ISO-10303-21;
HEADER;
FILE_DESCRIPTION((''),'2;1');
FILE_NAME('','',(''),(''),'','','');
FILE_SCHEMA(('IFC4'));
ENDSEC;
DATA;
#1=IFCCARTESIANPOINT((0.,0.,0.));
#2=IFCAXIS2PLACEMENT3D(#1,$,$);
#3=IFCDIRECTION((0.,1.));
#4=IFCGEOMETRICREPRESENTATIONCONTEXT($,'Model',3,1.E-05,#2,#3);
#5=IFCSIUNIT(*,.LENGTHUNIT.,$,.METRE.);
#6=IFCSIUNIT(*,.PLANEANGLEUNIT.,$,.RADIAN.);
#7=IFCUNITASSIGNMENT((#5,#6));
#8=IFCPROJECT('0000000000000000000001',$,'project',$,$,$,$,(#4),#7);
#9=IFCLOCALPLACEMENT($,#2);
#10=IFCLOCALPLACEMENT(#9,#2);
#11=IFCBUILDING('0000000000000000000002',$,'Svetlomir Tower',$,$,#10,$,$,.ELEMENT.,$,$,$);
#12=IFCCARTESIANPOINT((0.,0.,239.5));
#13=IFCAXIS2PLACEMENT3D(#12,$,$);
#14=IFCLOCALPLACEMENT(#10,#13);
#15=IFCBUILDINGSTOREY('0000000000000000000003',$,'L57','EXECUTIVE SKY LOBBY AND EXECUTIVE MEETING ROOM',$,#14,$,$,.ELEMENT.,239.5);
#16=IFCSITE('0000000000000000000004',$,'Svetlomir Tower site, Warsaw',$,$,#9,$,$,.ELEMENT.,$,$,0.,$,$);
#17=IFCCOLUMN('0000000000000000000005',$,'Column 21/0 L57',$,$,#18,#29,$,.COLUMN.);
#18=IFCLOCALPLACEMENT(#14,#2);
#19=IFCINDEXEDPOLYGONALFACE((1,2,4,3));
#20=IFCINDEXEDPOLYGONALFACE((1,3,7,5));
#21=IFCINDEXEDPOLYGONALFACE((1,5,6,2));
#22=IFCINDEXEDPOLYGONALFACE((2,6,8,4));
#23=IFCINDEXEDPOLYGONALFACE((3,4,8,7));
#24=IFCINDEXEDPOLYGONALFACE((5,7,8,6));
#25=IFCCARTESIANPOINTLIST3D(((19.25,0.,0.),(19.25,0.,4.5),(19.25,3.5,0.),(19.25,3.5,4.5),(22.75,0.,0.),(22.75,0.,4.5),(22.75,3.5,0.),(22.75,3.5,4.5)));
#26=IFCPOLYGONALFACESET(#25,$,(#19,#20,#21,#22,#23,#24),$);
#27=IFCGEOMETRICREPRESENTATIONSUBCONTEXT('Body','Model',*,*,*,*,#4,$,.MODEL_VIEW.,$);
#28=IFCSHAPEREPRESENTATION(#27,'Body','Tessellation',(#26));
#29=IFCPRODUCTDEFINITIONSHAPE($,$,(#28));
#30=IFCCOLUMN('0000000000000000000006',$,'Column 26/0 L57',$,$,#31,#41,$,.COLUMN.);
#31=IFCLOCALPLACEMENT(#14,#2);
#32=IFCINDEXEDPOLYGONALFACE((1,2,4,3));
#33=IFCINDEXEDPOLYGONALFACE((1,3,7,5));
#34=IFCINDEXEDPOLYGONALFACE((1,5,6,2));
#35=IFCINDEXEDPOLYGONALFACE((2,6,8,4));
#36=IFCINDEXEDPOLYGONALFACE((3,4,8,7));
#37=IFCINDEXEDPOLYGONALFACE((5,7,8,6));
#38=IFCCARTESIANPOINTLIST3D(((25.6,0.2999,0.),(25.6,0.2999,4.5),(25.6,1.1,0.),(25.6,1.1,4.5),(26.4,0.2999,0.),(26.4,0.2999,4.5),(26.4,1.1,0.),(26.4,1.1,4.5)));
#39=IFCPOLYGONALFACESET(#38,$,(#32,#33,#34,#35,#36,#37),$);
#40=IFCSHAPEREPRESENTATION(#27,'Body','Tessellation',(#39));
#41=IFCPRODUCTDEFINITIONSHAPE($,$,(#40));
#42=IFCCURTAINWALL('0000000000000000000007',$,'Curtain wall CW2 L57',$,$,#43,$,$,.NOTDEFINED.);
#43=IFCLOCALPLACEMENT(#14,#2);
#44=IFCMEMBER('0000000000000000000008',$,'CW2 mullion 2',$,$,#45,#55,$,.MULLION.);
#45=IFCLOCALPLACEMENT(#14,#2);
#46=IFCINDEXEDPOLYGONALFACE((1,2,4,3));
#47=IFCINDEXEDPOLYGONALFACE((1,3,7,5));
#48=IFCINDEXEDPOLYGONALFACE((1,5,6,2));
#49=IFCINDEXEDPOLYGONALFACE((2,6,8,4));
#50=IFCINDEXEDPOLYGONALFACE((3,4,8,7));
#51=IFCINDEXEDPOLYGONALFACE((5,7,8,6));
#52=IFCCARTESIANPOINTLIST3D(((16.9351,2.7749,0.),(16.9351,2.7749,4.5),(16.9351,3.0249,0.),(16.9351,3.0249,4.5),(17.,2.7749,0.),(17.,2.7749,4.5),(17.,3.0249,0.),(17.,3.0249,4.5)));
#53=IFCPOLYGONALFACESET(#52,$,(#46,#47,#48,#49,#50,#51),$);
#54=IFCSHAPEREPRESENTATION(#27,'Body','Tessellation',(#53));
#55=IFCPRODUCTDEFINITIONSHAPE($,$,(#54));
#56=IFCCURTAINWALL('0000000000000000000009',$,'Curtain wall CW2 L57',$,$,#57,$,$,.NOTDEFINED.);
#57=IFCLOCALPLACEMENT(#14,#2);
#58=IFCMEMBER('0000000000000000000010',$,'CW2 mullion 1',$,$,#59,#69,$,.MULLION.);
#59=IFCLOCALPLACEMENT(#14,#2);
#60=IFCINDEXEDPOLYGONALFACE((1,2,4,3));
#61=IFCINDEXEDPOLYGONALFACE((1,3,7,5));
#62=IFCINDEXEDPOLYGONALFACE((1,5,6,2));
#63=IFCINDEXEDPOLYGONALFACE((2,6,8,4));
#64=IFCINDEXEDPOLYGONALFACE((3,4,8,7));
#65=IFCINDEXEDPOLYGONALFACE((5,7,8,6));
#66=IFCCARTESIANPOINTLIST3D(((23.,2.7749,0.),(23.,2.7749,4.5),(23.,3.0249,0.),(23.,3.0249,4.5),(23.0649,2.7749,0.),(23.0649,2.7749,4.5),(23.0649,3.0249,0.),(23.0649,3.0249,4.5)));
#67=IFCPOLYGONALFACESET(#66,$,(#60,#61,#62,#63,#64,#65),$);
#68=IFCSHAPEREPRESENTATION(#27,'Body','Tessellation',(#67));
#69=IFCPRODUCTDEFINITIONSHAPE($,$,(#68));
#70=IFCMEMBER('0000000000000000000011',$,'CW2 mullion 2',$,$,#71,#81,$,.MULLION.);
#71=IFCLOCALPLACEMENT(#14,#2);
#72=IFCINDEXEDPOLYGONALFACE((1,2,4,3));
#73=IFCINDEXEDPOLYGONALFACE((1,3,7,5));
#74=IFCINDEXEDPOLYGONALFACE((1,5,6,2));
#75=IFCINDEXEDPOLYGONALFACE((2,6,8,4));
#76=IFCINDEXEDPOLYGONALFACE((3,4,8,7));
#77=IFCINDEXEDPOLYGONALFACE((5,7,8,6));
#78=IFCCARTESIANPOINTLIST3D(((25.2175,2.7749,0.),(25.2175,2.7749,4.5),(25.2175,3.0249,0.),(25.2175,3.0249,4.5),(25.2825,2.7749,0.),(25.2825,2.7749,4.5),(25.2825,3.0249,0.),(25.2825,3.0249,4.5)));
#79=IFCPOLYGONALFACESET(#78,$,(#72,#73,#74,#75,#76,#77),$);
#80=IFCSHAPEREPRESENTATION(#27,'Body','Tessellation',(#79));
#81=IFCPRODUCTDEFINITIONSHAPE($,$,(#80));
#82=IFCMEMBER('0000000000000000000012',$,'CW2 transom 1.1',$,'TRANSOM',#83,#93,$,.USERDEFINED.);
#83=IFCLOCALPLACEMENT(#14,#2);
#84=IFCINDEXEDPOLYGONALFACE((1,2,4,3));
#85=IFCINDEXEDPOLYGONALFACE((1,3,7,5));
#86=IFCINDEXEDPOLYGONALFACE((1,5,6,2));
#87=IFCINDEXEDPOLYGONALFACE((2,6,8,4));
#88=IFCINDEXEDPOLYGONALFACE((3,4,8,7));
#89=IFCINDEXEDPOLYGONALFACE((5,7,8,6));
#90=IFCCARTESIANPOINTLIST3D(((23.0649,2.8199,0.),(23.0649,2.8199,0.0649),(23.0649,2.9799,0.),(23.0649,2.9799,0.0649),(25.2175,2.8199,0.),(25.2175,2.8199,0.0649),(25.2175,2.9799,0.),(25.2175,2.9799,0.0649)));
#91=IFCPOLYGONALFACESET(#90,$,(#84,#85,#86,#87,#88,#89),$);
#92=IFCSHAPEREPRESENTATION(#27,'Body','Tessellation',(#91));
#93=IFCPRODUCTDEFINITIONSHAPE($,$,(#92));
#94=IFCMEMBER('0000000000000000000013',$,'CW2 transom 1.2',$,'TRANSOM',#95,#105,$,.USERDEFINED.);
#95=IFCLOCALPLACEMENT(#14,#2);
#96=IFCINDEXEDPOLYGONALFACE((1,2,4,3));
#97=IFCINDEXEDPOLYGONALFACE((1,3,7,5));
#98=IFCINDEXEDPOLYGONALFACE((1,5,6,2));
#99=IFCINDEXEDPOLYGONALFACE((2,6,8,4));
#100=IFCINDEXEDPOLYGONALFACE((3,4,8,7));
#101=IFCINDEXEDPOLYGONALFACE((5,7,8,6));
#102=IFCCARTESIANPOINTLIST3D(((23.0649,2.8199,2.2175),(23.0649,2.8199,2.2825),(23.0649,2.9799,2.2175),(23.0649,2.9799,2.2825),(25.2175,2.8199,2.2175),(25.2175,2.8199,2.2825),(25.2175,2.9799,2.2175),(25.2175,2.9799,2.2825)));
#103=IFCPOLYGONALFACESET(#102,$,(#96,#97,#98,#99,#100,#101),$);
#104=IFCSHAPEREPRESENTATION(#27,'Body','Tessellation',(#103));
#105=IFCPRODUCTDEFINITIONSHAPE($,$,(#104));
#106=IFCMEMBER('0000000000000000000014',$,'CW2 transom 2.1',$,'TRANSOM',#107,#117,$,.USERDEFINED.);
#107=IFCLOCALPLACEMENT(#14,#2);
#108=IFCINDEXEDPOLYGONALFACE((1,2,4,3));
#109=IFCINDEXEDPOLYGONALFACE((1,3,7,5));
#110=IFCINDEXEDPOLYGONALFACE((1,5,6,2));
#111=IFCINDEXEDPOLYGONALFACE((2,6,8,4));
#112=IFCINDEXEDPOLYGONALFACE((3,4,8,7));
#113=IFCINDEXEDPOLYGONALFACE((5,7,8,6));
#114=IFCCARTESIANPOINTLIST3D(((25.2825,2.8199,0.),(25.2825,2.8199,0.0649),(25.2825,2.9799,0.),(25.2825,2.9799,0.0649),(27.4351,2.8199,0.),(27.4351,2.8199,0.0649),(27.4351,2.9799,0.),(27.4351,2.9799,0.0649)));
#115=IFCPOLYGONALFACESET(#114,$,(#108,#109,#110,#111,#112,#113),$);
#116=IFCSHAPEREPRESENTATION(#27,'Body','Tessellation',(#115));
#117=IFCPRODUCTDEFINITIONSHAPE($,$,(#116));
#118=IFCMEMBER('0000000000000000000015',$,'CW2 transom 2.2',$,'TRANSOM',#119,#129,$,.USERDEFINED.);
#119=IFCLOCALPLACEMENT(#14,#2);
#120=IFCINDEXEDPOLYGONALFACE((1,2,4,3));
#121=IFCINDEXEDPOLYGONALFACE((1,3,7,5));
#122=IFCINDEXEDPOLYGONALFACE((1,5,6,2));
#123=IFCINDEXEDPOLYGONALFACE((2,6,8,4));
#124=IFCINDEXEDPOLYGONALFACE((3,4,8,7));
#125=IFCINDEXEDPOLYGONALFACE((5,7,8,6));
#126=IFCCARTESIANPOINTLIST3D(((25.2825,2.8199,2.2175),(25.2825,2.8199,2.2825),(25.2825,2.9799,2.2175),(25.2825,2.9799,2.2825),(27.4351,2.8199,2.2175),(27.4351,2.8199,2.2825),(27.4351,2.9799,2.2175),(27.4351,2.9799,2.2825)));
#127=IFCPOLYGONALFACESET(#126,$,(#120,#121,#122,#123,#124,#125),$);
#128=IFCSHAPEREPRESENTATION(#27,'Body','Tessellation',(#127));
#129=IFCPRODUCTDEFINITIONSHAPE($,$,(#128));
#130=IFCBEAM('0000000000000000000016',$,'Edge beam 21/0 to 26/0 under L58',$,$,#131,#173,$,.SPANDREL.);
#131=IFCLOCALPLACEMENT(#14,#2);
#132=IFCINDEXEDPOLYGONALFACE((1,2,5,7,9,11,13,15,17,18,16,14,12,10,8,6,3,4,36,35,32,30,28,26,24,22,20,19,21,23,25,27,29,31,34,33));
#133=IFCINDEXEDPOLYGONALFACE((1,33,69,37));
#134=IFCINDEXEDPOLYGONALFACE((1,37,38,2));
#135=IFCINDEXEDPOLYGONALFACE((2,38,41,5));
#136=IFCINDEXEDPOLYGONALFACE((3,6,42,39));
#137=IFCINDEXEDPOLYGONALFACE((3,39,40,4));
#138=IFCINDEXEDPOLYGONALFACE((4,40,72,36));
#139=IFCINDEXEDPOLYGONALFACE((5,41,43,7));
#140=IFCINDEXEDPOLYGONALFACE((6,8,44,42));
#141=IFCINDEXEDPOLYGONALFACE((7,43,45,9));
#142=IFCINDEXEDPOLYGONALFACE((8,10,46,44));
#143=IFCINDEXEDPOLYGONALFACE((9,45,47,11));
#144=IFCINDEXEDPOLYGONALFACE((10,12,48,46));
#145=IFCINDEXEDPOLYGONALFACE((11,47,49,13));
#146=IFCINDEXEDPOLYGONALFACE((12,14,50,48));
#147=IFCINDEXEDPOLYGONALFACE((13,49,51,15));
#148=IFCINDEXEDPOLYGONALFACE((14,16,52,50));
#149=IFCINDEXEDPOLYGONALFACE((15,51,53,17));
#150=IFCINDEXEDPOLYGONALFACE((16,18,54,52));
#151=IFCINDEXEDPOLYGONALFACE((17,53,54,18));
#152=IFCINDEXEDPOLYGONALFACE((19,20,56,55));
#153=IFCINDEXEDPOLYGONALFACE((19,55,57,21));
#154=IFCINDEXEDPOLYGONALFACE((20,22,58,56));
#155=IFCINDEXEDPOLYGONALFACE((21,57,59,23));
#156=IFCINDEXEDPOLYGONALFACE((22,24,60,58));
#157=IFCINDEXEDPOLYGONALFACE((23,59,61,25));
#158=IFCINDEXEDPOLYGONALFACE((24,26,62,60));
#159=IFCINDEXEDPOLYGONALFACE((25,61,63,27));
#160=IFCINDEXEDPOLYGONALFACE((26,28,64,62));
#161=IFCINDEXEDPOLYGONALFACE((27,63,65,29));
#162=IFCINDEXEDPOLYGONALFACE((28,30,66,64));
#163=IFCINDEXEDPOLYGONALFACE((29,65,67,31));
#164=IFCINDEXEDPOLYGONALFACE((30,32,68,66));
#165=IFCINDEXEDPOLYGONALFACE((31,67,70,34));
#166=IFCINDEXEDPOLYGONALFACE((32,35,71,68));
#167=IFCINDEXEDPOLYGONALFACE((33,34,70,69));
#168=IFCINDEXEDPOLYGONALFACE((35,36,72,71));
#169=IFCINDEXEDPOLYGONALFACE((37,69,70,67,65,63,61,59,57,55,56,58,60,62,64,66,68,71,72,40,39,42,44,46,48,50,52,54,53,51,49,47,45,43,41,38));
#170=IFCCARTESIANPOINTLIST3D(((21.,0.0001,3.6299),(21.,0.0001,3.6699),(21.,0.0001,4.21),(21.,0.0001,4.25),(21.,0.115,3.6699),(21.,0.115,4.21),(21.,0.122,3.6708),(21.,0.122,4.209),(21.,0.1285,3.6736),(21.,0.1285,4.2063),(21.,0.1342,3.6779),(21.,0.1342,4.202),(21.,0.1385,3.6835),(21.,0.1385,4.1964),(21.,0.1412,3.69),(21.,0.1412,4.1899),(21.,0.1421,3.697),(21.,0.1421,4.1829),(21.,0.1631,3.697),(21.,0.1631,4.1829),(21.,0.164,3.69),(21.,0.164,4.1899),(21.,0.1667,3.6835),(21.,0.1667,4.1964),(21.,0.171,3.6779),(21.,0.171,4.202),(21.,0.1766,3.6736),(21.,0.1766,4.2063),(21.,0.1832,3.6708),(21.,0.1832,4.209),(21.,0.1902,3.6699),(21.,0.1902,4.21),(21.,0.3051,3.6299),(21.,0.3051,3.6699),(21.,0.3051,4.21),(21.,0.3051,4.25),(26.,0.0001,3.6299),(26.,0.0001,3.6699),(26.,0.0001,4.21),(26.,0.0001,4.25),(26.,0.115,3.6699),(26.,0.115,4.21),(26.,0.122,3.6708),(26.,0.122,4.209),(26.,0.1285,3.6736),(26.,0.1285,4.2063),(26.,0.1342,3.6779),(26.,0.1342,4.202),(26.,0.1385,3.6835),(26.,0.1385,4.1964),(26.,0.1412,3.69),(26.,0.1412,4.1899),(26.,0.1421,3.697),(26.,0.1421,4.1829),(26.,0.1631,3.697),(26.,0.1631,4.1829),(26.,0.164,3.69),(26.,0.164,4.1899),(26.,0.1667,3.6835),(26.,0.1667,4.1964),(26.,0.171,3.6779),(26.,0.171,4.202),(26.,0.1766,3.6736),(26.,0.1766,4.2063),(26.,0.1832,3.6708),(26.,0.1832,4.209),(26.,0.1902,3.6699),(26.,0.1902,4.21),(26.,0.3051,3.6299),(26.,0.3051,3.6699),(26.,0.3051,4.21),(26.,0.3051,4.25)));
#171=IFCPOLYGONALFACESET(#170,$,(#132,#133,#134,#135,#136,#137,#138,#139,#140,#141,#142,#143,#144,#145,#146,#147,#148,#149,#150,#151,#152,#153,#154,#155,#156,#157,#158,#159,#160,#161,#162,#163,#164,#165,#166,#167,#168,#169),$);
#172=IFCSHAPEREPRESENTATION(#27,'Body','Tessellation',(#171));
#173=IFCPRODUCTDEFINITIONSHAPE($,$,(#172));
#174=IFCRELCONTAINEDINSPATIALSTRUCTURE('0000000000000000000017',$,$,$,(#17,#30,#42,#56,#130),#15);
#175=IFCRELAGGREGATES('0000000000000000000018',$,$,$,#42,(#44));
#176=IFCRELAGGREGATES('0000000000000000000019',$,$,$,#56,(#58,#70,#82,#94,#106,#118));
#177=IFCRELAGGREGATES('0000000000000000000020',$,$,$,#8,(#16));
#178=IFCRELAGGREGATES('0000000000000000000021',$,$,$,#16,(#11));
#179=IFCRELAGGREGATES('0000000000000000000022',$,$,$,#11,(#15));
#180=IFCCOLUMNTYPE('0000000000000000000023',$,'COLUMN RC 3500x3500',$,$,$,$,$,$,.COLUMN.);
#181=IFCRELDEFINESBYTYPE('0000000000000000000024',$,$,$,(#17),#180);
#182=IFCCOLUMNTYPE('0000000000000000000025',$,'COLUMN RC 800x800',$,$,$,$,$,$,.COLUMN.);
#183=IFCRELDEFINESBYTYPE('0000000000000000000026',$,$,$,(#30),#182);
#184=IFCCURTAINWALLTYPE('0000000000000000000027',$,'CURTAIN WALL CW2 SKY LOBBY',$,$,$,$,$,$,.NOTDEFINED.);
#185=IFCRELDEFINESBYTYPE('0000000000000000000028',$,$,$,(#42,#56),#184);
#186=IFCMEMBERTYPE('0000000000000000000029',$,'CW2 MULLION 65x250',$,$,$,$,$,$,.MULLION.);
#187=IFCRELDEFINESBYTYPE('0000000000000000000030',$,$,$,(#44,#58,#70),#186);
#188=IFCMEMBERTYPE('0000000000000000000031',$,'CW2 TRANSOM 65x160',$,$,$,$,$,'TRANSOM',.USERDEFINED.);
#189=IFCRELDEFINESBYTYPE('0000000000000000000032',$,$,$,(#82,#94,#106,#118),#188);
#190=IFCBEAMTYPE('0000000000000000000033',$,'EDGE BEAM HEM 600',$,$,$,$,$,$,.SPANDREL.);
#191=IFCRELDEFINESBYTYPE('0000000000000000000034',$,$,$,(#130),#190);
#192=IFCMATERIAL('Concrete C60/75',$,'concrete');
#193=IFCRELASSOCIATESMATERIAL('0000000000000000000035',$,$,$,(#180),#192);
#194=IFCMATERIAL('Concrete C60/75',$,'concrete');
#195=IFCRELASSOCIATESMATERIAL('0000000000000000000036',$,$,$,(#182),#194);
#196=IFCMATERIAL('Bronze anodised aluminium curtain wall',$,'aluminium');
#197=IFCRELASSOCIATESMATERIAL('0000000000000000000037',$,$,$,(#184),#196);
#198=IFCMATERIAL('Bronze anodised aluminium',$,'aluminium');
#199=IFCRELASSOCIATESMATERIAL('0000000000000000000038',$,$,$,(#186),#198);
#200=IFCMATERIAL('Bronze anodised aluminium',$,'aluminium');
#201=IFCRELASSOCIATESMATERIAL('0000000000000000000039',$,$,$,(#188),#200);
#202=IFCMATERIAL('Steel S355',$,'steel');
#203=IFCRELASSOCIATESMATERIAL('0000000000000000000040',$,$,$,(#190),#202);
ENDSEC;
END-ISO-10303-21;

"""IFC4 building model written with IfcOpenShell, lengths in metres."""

from ifc_helpers import new_model, si_unit, direction, frame, origin, origin_2d, place, context, subcontext, project, spatial, rectangle, i_section, extrude, material, material_profile, profile_set, type_object, element, aggregate, save


model = new_model("IFC4")

# Units and contexts
model_context = context("Model", 3, precision=1e-05, world=origin(), true_north=direction((0.0, 1.0)))
body_context = subcontext(model_context, "Body", "Model", "MODEL_VIEW")
ifc_project = project(units=[si_unit("LENGTHUNIT", "METRE"), si_unit("PLANEANGLEUNIT", "RADIAN")], contexts=[model_context])

# Site, building, storey
site_placement = place(None, origin())
site = spatial("IfcSite", under=ifc_project, at=site_placement, Name="Svetlomir Tower site, Warsaw", CompositionType="ELEMENT", RefElevation=0.0)
building_placement = place(site_placement, origin())
building = spatial("IfcBuilding", under=site, at=building_placement, Name="Svetlomir Tower", CompositionType="ELEMENT")
storey_placement = place(building_placement, frame((0.0, 0.0, 239.5)))
storey = spatial("IfcBuildingStorey", under=building, at=storey_placement, Name="L57", Description="EXECUTIVE SKY LOBBY AND EXECUTIVE MEETING ROOM", CompositionType="ELEMENT", Elevation=239.5)

# Columns
ifc_material_1 = material(Name="Concrete C60/75", Category="concrete")
ifc_material_profile_1 = material_profile(ifc_material_1, rectangle(XDim=3.5, YDim=3.5, at=origin_2d()), Name="RC 3500x3500")
ifc_profile_set_1 = profile_set([ifc_material_profile_1], Name="Concrete C60/75")
column_type_1 = type_object("IfcColumnType", Name="COLUMN RC 3500x3500", PredefinedType="COLUMN", material=ifc_profile_set_1)
column_1_placement = place(storey_placement, frame((21.0, 1.75, 0.0), z_axis=(0.0, 0.0, 1.0), x_axis=(1.0, 0.0, 0.0)))
element("IfcColumn", 1, at=column_1_placement, inside=storey, type_object=column_type_1, Name="Column 21/0 L57", PredefinedType="COLUMN", context=body_context, shape_type="SweptSolid", body=[
    extrude(rectangle(XDim=3.5, YDim=3.5, at=origin_2d()), origin(), (0.0, 0.0, 1.0), 4.5),
])
ifc_material_2 = material(Name="Concrete C60/75", Category="concrete")
ifc_material_profile_2 = material_profile(ifc_material_2, rectangle(XDim=0.8, YDim=0.8, at=origin_2d()), Name="RC 800x800")
ifc_profile_set_2 = profile_set([ifc_material_profile_2], Name="Concrete C60/75")
column_type_2 = type_object("IfcColumnType", Name="COLUMN RC 800x800", PredefinedType="COLUMN", material=ifc_profile_set_2)
column_2_placement = place(storey_placement, frame((26.0, 0.7, 0.0), z_axis=(0.0, 0.0, 1.0), x_axis=(1.0, 0.0, 0.0)))
element("IfcColumn", 2, at=column_2_placement, inside=storey, type_object=column_type_2, Name="Column 26/0 L57", PredefinedType="COLUMN", context=body_context, shape_type="SweptSolid", body=[
    extrude(rectangle(XDim=0.8, YDim=0.8, at=origin_2d()), origin(), (0.0, 0.0, 1.0), 4.5),
])

# Curtain wall, member
ifc_material_3 = material(Name="Bronze anodised aluminium curtain wall", Category="aluminium")
curtain_wall_type = type_object("IfcCurtainWallType", Name="CURTAIN WALL CW2 SKY LOBBY", PredefinedType="NOTDEFINED", material=ifc_material_3)
curtain_wall_1_placement = place(storey_placement, origin())
curtain_wall_1 = element("IfcCurtainWall", 3, at=curtain_wall_1_placement, inside=storey, type_object=curtain_wall_type, Name="Curtain wall CW2 L57", PredefinedType="NOTDEFINED")
ifc_material_4 = material(Name="Bronze anodised aluminium", Category="aluminium")
ifc_material_profile_3 = material_profile(ifc_material_4, rectangle(XDim=0.0649, YDim=0.25, at=origin_2d()), Name="AL 65x250")
ifc_profile_set_3 = profile_set([ifc_material_profile_3], Name="Bronze anodised aluminium 6063-T6")
member_type_1 = type_object("IfcMemberType", Name="CW2 MULLION 65x250", PredefinedType="MULLION", material=ifc_profile_set_3)
member_1_placement = place(storey_placement, frame((16.9675, 2.8999, 0.0), z_axis=(0.0, 0.0, 1.0), x_axis=(1.0, 0.0, 0.0)))
member_1 = element("IfcMember", 4, at=member_1_placement, type_object=member_type_1, Name="CW2 mullion 2", PredefinedType="MULLION", context=body_context, shape_type="SweptSolid", body=[
    extrude(rectangle(XDim=0.0649, YDim=0.25, at=origin_2d()), origin(), (0.0, 0.0, 1.0), 4.5),
])
aggregate(curtain_wall_1, [member_1])

# Curtain wall, members
curtain_wall_2_placement = place(storey_placement, origin())
curtain_wall_2 = element("IfcCurtainWall", 5, at=curtain_wall_2_placement, inside=storey, type_object=curtain_wall_type, Name="Curtain wall CW2 L57", PredefinedType="NOTDEFINED")
member_2_placement = place(storey_placement, frame((23.0325, 2.8999, 0.0), z_axis=(0.0, 0.0, 1.0), x_axis=(1.0, 0.0, 0.0)))
member_2 = element("IfcMember", 6, at=member_2_placement, type_object=member_type_1, Name="CW2 mullion 1", PredefinedType="MULLION", context=body_context, shape_type="SweptSolid", body=[
    extrude(rectangle(XDim=0.0649, YDim=0.25, at=origin_2d()), origin(), (0.0, 0.0, 1.0), 4.5),
])
member_3_placement = place(storey_placement, frame((25.25, 2.8999, 0.0), z_axis=(0.0, 0.0, 1.0), x_axis=(1.0, 0.0, 0.0)))
member_3 = element("IfcMember", 7, at=member_3_placement, type_object=member_type_1, Name="CW2 mullion 2", PredefinedType="MULLION", context=body_context, shape_type="SweptSolid", body=[
    extrude(rectangle(XDim=0.0649, YDim=0.25, at=origin_2d()), origin(), (0.0, 0.0, 1.0), 4.5),
])
ifc_material_5 = material(Name="Bronze anodised aluminium", Category="aluminium")
ifc_material_profile_4 = material_profile(ifc_material_5, rectangle(XDim=0.1599, YDim=0.0649, at=origin_2d()), Name="AL 160x65")
ifc_profile_set_4 = profile_set([ifc_material_profile_4], Name="Bronze anodised aluminium 6063-T6")
member_type_2 = type_object("IfcMemberType", Name="CW2 TRANSOM 65x160", ElementType="TRANSOM", PredefinedType="USERDEFINED", material=ifc_profile_set_4)
member_4_placement = place(storey_placement, frame((23.0649, 2.8999, 0.0325), z_axis=(1.0, 0.0, 0.0), x_axis=(0.0, 1.0, 0.0)))
member_4 = element("IfcMember", 8, at=member_4_placement, type_object=member_type_2, Name="CW2 transom 1.1", ObjectType="TRANSOM", PredefinedType="USERDEFINED", context=body_context, shape_type="SweptSolid", body=[
    extrude(rectangle(XDim=0.1599, YDim=0.0649, at=origin_2d()), origin(), (0.0, 0.0, 1.0), 2.1526),
])
member_5_placement = place(storey_placement, frame((23.0649, 2.8999, 2.25), z_axis=(1.0, 0.0, 0.0), x_axis=(0.0, 1.0, 0.0)))
member_5 = element("IfcMember", 9, at=member_5_placement, type_object=member_type_2, Name="CW2 transom 1.2", ObjectType="TRANSOM", PredefinedType="USERDEFINED", context=body_context, shape_type="SweptSolid", body=[
    extrude(rectangle(XDim=0.1599, YDim=0.0649, at=origin_2d()), origin(), (0.0, 0.0, 1.0), 2.1526),
])
member_6_placement = place(storey_placement, frame((25.2825, 2.8999, 0.0325), z_axis=(1.0, 0.0, 0.0), x_axis=(0.0, 1.0, 0.0)))
member_6 = element("IfcMember", 10, at=member_6_placement, type_object=member_type_2, Name="CW2 transom 2.1", ObjectType="TRANSOM", PredefinedType="USERDEFINED", context=body_context, shape_type="SweptSolid", body=[
    extrude(rectangle(XDim=0.1599, YDim=0.0649, at=origin_2d()), origin(), (0.0, 0.0, 1.0), 2.1526),
])
member_7_placement = place(storey_placement, frame((25.2825, 2.8999, 2.25), z_axis=(1.0, 0.0, 0.0), x_axis=(0.0, 1.0, 0.0)))
member_7 = element("IfcMember", 11, at=member_7_placement, type_object=member_type_2, Name="CW2 transom 2.2", ObjectType="TRANSOM", PredefinedType="USERDEFINED", context=body_context, shape_type="SweptSolid", body=[
    extrude(rectangle(XDim=0.1599, YDim=0.0649, at=origin_2d()), origin(), (0.0, 0.0, 1.0), 2.1526),
])

# Beam
ifc_material_6 = material(Name="Steel S355", Category="steel")
ifc_material_profile_5 = material_profile(ifc_material_6, i_section(OverallWidth=0.3049, OverallDepth=0.6201, WebThickness=0.021, FlangeThickness=0.04, FilletRadius=0.0271, at=origin_2d()), Name="HEM 600")
ifc_profile_set_5 = profile_set([ifc_material_profile_5], Name="Steel S355")
beam_type_1 = type_object("IfcBeamType", Name="EDGE BEAM HEM 600", PredefinedType="SPANDREL", material=ifc_profile_set_5)
beam_1_placement = place(storey_placement, frame((21.0, 0.1526, 3.9399), z_axis=(1.0, 0.0, 0.0), x_axis=(0.0, 1.0, 0.0)))
element("IfcBeam", 12, at=beam_1_placement, inside=storey, type_object=beam_type_1, Name="Edge beam 21/0 to 26/0 under L58", PredefinedType="SPANDREL", context=body_context, shape_type="SweptSolid", body=[
    extrude(i_section(OverallWidth=0.3049, OverallDepth=0.6201, WebThickness=0.021, FlangeThickness=0.04, FilletRadius=0.0271, at=origin_2d()), origin(), (0.0, 0.0, 1.0), 5.0),
])

aggregate(curtain_wall_2, [member_2, member_3, member_4, member_5, member_6, member_7])

save(model, "model.ifc")
